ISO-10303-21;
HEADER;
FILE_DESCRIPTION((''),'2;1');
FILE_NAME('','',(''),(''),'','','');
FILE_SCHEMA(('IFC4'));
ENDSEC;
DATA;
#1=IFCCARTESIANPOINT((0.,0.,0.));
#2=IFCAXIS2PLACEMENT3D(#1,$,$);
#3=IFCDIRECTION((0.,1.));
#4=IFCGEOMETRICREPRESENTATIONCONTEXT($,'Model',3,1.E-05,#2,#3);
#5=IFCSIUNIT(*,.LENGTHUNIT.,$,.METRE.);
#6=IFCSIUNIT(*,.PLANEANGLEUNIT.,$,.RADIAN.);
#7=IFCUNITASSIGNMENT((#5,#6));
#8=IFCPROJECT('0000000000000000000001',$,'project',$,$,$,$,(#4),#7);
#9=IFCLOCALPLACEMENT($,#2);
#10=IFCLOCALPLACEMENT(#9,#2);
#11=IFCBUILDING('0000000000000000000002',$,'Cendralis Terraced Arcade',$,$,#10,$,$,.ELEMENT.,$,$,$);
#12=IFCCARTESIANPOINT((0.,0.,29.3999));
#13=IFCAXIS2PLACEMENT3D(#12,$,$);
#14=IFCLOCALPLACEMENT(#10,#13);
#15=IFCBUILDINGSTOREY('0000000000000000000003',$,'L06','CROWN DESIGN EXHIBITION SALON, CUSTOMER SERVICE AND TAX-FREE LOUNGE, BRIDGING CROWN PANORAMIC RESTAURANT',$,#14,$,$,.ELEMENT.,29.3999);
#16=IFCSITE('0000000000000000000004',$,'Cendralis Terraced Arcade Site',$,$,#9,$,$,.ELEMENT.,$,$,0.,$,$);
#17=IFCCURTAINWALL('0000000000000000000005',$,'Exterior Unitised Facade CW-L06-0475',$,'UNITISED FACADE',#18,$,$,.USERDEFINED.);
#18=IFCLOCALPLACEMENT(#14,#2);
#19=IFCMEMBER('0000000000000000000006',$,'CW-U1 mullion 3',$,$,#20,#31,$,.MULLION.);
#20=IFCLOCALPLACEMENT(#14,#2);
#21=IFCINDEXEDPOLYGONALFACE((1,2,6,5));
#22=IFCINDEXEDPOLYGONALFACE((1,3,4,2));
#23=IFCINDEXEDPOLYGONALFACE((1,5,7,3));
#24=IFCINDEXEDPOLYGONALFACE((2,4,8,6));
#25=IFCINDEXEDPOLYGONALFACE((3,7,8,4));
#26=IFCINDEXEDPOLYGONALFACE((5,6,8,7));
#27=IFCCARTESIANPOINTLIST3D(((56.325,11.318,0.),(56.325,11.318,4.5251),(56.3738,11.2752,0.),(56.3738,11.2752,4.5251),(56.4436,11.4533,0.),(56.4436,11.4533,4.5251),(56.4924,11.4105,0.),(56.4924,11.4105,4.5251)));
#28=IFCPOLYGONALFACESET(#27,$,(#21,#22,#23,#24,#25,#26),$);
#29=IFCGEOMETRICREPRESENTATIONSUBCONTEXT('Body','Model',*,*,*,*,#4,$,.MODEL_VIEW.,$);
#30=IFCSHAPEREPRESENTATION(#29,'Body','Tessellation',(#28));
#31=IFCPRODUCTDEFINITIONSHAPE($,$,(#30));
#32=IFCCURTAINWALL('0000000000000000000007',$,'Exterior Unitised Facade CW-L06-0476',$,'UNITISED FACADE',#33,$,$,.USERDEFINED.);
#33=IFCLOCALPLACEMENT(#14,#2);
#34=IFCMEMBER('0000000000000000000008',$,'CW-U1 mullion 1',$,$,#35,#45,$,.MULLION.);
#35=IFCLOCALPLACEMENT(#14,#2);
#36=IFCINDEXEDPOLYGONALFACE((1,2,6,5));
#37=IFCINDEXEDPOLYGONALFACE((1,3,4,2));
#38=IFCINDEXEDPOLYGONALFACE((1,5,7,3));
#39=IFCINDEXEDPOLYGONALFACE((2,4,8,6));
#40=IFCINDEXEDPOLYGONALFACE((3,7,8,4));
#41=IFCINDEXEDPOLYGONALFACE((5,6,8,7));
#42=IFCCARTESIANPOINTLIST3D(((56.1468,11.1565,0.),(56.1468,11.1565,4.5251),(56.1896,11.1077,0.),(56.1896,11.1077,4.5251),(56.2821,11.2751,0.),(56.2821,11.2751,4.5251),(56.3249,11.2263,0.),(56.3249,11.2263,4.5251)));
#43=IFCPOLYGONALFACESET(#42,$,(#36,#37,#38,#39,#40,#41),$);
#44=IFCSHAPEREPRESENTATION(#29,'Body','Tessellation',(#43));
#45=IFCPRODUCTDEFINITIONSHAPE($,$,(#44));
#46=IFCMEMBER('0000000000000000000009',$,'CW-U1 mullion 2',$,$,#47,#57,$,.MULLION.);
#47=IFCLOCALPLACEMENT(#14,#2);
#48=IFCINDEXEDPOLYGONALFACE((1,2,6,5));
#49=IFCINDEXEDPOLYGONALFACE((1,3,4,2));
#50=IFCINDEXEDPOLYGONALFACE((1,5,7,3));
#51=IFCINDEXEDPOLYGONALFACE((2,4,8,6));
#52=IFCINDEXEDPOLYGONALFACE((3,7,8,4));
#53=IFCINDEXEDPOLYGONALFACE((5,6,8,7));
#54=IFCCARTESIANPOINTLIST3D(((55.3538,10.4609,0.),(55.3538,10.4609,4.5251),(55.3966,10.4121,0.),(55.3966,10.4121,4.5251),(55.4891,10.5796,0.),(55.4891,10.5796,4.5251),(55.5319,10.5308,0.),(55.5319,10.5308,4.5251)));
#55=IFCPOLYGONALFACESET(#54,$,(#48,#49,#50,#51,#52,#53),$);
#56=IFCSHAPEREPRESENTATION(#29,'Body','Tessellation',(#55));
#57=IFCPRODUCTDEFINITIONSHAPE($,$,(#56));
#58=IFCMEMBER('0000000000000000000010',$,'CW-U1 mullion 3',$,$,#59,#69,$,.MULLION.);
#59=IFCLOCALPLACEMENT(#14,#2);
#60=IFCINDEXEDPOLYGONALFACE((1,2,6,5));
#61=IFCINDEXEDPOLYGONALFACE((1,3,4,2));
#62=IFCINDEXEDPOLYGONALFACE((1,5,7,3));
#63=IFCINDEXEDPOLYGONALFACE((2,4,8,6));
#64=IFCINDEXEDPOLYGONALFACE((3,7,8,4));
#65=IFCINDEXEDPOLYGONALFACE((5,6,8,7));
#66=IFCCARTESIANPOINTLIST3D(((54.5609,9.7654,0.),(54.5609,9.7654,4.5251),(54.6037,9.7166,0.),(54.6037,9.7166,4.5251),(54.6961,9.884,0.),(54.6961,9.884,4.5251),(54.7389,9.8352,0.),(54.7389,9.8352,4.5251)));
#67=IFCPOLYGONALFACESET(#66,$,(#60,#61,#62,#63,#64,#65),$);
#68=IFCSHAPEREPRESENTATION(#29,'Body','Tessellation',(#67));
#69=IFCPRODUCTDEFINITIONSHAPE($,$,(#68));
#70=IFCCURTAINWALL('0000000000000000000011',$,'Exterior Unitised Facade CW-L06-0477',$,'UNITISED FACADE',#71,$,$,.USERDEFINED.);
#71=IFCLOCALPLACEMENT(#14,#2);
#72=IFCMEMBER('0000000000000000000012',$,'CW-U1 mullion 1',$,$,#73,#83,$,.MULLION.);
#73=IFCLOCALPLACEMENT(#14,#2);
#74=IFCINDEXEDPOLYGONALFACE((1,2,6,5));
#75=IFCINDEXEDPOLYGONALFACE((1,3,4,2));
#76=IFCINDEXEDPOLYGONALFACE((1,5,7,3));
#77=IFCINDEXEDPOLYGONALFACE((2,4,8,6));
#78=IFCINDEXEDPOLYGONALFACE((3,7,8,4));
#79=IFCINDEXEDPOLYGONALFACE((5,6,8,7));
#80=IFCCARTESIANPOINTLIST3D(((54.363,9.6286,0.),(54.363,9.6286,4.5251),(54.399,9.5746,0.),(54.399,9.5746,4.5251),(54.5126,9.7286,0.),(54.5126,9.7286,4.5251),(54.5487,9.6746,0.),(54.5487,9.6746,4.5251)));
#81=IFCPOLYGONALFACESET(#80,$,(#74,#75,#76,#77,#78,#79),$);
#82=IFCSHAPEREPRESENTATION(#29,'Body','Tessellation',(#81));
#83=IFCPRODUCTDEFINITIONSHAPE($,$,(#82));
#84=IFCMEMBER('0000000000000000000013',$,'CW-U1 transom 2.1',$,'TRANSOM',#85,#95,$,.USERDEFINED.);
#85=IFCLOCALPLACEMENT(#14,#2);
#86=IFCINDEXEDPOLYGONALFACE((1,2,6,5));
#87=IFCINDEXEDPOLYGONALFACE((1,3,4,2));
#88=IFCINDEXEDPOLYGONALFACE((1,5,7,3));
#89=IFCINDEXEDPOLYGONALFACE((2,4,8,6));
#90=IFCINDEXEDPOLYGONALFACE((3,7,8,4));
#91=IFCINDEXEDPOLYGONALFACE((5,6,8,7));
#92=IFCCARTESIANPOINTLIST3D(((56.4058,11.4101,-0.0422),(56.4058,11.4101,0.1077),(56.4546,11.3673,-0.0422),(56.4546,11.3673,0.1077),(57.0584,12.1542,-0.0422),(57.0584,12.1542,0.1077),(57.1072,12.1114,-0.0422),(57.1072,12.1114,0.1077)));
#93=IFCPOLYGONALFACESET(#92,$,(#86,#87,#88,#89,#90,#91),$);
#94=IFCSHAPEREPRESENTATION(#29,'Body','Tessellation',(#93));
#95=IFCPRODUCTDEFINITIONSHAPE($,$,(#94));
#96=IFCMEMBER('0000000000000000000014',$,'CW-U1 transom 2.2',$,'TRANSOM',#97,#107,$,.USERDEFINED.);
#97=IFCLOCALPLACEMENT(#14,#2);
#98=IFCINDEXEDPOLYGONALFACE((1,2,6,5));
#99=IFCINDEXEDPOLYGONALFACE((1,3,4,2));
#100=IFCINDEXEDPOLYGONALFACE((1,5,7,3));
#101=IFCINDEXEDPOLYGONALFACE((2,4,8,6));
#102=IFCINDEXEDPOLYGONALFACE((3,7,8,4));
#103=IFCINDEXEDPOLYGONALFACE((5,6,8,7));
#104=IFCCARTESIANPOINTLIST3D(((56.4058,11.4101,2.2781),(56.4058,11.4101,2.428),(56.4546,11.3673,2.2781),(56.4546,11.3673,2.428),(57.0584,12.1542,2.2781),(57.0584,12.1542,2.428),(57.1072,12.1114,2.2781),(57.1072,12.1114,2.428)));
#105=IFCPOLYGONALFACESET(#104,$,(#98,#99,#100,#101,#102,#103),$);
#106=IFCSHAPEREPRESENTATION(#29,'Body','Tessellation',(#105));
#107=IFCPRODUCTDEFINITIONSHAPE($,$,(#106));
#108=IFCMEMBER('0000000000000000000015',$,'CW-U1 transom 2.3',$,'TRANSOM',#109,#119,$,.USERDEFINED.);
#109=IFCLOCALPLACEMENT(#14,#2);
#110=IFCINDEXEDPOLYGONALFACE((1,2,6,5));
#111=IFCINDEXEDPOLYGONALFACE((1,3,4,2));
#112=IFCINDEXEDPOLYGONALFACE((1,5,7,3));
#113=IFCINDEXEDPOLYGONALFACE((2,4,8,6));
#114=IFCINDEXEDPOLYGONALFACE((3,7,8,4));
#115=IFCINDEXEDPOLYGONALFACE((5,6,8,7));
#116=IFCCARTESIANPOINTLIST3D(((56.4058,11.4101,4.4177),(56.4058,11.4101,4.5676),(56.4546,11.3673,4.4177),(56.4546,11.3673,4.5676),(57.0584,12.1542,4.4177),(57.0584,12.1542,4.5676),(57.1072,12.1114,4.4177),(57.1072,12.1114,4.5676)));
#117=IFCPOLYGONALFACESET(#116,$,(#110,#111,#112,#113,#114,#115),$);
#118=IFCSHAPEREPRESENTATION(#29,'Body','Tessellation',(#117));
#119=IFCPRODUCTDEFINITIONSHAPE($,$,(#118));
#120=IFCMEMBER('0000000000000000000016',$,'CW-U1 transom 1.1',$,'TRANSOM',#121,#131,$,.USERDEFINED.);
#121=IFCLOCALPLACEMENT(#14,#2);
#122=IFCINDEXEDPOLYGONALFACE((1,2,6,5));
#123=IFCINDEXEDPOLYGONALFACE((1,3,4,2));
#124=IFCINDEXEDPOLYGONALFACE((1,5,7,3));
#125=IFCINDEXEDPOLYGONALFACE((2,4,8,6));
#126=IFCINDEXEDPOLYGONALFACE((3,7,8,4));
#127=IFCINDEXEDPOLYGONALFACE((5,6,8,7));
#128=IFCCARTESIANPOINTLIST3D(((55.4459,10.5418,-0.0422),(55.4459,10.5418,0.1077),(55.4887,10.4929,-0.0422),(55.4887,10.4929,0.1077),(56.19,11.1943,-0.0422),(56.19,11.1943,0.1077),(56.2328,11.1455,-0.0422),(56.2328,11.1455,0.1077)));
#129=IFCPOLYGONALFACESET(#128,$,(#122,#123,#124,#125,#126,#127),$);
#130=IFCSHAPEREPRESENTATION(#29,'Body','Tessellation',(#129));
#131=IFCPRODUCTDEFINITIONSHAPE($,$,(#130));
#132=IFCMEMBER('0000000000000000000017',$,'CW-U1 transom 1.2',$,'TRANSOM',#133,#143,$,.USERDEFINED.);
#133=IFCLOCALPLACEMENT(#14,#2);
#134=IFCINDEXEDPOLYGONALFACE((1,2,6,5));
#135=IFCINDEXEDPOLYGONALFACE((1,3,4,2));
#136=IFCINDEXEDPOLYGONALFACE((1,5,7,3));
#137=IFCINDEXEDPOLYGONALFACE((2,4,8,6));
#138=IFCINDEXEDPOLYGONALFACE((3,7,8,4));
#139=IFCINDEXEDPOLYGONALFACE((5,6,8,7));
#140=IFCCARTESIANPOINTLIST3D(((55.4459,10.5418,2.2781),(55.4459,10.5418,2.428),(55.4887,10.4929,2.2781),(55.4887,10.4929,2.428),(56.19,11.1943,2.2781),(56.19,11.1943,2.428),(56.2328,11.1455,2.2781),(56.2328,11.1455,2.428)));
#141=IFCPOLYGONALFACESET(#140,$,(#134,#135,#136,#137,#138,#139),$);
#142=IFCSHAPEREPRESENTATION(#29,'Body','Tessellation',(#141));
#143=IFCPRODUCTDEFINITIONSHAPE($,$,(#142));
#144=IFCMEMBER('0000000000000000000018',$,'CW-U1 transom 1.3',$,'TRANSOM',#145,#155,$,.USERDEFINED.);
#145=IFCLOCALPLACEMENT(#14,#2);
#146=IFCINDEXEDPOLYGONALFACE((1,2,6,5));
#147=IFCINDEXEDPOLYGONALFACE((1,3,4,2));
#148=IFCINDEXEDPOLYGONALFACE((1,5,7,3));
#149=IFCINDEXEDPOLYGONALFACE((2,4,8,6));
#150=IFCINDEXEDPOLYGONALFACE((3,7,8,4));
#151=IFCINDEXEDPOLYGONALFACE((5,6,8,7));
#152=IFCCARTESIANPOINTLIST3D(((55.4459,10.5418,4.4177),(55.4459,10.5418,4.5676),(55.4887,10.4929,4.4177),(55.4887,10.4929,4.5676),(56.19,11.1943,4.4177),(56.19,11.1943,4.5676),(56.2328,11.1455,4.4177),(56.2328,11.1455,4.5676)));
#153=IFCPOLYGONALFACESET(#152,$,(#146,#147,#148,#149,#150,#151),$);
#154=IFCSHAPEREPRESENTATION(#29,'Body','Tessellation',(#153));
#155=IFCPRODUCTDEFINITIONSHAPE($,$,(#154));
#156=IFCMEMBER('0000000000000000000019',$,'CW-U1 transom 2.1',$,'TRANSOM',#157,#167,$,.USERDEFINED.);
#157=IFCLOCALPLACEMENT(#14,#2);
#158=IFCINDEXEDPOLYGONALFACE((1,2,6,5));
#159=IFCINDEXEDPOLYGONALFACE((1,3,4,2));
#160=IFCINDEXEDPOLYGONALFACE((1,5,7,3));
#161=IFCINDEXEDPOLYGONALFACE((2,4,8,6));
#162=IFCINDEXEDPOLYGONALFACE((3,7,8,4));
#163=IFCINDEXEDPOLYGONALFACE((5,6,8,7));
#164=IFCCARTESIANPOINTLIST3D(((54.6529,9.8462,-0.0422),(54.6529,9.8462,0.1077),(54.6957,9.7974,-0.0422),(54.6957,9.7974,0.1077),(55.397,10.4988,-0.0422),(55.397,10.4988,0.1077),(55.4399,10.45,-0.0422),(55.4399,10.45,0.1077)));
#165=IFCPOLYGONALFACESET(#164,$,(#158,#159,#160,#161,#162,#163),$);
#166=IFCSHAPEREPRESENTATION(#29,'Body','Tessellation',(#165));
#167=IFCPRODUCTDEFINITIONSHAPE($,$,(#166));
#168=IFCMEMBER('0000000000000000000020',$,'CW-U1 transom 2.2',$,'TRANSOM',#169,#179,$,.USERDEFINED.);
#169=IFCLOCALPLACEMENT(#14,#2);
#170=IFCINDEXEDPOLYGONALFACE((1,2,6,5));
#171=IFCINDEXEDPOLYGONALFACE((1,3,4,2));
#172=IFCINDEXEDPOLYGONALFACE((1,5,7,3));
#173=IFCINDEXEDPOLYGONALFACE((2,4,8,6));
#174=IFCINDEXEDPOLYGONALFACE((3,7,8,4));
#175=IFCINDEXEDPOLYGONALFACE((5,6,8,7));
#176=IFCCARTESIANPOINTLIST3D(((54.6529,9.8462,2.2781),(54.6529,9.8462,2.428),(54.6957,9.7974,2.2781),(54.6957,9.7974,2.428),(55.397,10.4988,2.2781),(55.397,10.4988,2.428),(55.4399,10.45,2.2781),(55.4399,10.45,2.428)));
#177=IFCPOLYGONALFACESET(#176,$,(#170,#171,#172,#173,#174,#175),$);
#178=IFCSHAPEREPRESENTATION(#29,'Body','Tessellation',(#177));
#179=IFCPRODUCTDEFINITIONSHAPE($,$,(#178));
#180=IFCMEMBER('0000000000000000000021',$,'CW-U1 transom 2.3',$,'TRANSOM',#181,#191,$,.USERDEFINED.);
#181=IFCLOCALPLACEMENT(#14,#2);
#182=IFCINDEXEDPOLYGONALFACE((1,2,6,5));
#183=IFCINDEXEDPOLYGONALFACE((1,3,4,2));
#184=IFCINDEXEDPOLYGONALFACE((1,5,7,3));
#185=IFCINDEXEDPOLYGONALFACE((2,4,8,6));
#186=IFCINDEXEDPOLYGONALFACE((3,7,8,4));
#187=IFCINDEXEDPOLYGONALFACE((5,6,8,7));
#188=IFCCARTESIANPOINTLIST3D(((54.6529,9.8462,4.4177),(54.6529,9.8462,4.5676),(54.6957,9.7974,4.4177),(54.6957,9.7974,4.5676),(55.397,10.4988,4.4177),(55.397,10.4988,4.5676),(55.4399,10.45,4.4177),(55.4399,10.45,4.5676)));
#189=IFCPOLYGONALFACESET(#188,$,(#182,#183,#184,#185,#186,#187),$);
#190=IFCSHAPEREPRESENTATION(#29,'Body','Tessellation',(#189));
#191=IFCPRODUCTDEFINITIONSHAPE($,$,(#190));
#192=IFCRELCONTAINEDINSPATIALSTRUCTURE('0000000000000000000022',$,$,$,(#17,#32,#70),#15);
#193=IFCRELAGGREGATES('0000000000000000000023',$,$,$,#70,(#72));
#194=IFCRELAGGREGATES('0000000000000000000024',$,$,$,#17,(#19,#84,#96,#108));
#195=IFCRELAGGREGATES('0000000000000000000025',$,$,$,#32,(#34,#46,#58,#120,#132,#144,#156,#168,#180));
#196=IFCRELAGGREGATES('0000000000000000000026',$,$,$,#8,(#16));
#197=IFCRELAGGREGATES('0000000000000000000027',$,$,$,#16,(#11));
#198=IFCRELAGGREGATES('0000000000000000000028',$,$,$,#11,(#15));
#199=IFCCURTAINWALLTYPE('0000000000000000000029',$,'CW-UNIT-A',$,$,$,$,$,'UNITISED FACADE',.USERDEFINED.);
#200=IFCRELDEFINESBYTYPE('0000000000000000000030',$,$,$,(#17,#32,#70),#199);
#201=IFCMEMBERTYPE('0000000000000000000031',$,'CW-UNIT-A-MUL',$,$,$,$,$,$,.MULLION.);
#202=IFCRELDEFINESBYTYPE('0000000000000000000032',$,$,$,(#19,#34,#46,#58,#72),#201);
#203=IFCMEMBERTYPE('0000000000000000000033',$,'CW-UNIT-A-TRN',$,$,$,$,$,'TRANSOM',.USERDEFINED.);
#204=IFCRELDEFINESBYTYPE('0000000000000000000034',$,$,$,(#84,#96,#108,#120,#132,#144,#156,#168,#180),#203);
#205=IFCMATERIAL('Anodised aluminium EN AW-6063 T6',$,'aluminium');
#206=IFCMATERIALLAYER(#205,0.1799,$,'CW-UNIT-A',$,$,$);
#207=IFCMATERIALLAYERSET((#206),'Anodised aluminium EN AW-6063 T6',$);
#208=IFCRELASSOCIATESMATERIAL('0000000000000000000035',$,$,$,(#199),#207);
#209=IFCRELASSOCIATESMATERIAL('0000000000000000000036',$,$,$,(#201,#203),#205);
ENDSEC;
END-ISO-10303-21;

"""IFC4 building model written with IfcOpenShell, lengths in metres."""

from ifc_helpers import new_model, si_unit, direction, frame, origin, origin_2d, place, context, subcontext, project, spatial, rectangle, extrude, material, layer, layer_set, material_profile, profile_set, type_object, element, aggregate, save


model = new_model("IFC4")

# Units and contexts
model_context = context("Model", 3, precision=1e-05, world=origin(), true_north=direction((0.0, 1.0)))
body_context = subcontext(model_context, "Body", "Model", "MODEL_VIEW")
ifc_project = project(units=[si_unit("LENGTHUNIT", "METRE"), si_unit("PLANEANGLEUNIT", "RADIAN")], contexts=[model_context])

# Site, building, storey
site_placement = place(None, origin())
site = spatial("IfcSite", under=ifc_project, at=site_placement, Name="Cendralis Terraced Arcade Site", CompositionType="ELEMENT", RefElevation=0.0)
building_placement = place(site_placement, origin())
building = spatial("IfcBuilding", under=site, at=building_placement, Name="Cendralis Terraced Arcade", CompositionType="ELEMENT")
storey_placement = place(building_placement, frame((0.0, 0.0, 29.3999)))
storey = spatial("IfcBuildingStorey", under=building, at=storey_placement, Name="L06", Description="CROWN DESIGN EXHIBITION SALON, CUSTOMER SERVICE AND TAX-FREE LOUNGE, BRIDGING CROWN PANORAMIC RESTAURANT", CompositionType="ELEMENT", Elevation=29.3999)

# Curtain wall, member
ifc_material_1 = material(Name="Anodised aluminium EN AW-6063 T6", Category="aluminium")
ifc_layer_1 = layer(ifc_material_1, 0.1799, Name="CW-UNIT-A")
ifc_layer_set_1 = layer_set([ifc_layer_1], Name="Anodised aluminium EN AW-6063 T6")
curtain_wall_type = type_object("IfcCurtainWallType", Name="CW-UNIT-A", ElementType="UNITISED FACADE", PredefinedType="USERDEFINED", material=ifc_layer_set_1)
curtain_wall_1_placement = place(storey_placement, origin())
curtain_wall_1 = element("IfcCurtainWall", 1, at=curtain_wall_1_placement, inside=storey, type_object=curtain_wall_type, Name="Exterior Unitised Facade CW-L06-0475", ObjectType="UNITISED FACADE", PredefinedType="USERDEFINED")
ifc_material_profile_1 = material_profile(ifc_material_1, rectangle(XDim=0.0649, YDim=0.1799, at=origin_2d()), Name="ALU-MUL-65x180")
ifc_profile_set_1 = profile_set([ifc_material_profile_1], Name="Anodised aluminium EN AW-6063 T6")
member_type_1 = type_object("IfcMemberType", Name="CW-UNIT-A-MUL", PredefinedType="MULLION", material=ifc_profile_set_1)
member_1_placement = place(storey_placement, frame((56.4087, 11.3643, 0.0), z_axis=(0.0, 0.0, 1.0), x_axis=(0.75179, -0.659403, 0.0)))
member_1 = element("IfcMember", 2, at=member_1_placement, type_object=member_type_1, Name="CW-U1 mullion 3", PredefinedType="MULLION", context=body_context, shape_type="SweptSolid", body=[
    extrude(rectangle(XDim=0.0649, YDim=0.1799, at=origin_2d()), origin(), (0.0, 0.0, 1.0), 4.5251),
])

# Curtain wall, members
curtain_wall_2_placement = place(storey_placement, origin())
curtain_wall_2 = element("IfcCurtainWall", 3, at=curtain_wall_2_placement, inside=storey, type_object=curtain_wall_type, Name="Exterior Unitised Facade CW-L06-0476", ObjectType="UNITISED FACADE", PredefinedType="USERDEFINED")
member_2_placement = place(storey_placement, frame((56.2358, 11.1914, 0.0), z_axis=(0.0, 0.0, 1.0), x_axis=(0.659403, -0.75179, 0.0)))
member_2 = element("IfcMember", 4, at=member_2_placement, type_object=member_type_1, Name="CW-U1 mullion 1", PredefinedType="MULLION", context=body_context, shape_type="SweptSolid", body=[
    extrude(rectangle(XDim=0.0649, YDim=0.1799, at=origin_2d()), origin(), (0.0, 0.0, 1.0), 4.5251),
])
member_3_placement = place(storey_placement, frame((55.4429, 10.4958, 0.0), z_axis=(0.0, 0.0, 1.0), x_axis=(0.659403, -0.75179, 0.0)))
member_3 = element("IfcMember", 5, at=member_3_placement, type_object=member_type_1, Name="CW-U1 mullion 2", PredefinedType="MULLION", context=body_context, shape_type="SweptSolid", body=[
    extrude(rectangle(XDim=0.0649, YDim=0.1799, at=origin_2d()), origin(), (0.0, 0.0, 1.0), 4.5251),
])
member_4_placement = place(storey_placement, frame((54.6499, 9.8003, 0.0), z_axis=(0.0, 0.0, 1.0), x_axis=(0.659403, -0.75179, 0.0)))
member_4 = element("IfcMember", 6, at=member_4_placement, type_object=member_type_1, Name="CW-U1 mullion 3", PredefinedType="MULLION", context=body_context, shape_type="SweptSolid", body=[
    extrude(rectangle(XDim=0.0649, YDim=0.1799, at=origin_2d()), origin(), (0.0, 0.0, 1.0), 4.5251),
])

# Curtain wall, member
curtain_wall_3_placement = place(storey_placement, origin())
curtain_wall_3 = element("IfcCurtainWall", 7, at=curtain_wall_3_placement, inside=storey, type_object=curtain_wall_type, Name="Exterior Unitised Facade CW-L06-0477", ObjectType="UNITISED FACADE", PredefinedType="USERDEFINED")
member_5_placement = place(storey_placement, frame((54.4558, 9.6516, 0.0), z_axis=(0.0, 0.0, 1.0), x_axis=(0.555559, -0.831477, 0.0)))
member_5 = element("IfcMember", 8, at=member_5_placement, type_object=member_type_1, Name="CW-U1 mullion 1", PredefinedType="MULLION", context=body_context, shape_type="SweptSolid", body=[
    extrude(rectangle(XDim=0.0649, YDim=0.1799, at=origin_2d()), origin(), (0.0, 0.0, 1.0), 4.5251),
])

# Members
ifc_material_profile_2 = material_profile(ifc_material_1, rectangle(XDim=0.0649, YDim=0.1499, at=origin_2d()), Name="ALU-TRN-65x150")
ifc_profile_set_2 = profile_set([ifc_material_profile_2], Name="Anodised aluminium EN AW-6063 T6")
member_type_2 = type_object("IfcMemberType", Name="CW-UNIT-A-TRN", ElementType="TRANSOM", PredefinedType="USERDEFINED", material=ifc_profile_set_2)
member_6_placement = place(storey_placement, frame((57.0828, 12.1328, 0.0327), z_axis=(-0.659342, -0.751843, 0.0), x_axis=(0.751843, -0.659342, 0.0)))
member_6 = element("IfcMember", 9, at=member_6_placement, type_object=member_type_2, Name="CW-U1 transom 2.1", ObjectType="TRANSOM", PredefinedType="USERDEFINED", context=body_context, shape_type="SweptSolid", body=[
    extrude(rectangle(XDim=0.0649, YDim=0.1499, at=origin_2d()), origin(), (0.0, 0.0, 1.0), 0.9897),
])
member_7_placement = place(storey_placement, frame((57.0828, 12.1328, 2.353), z_axis=(-0.659342, -0.751843, 0.0), x_axis=(0.751843, -0.659342, 0.0)))
member_7 = element("IfcMember", 10, at=member_7_placement, type_object=member_type_2, Name="CW-U1 transom 2.2", ObjectType="TRANSOM", PredefinedType="USERDEFINED", context=body_context, shape_type="SweptSolid", body=[
    extrude(rectangle(XDim=0.0649, YDim=0.1499, at=origin_2d()), origin(), (0.0, 0.0, 1.0), 0.9897),
])
member_8_placement = place(storey_placement, frame((57.0828, 12.1328, 4.4927), z_axis=(-0.659342, -0.751843, 0.0), x_axis=(0.751843, -0.659342, 0.0)))
member_8 = element("IfcMember", 11, at=member_8_placement, type_object=member_type_2, Name="CW-U1 transom 2.3", ObjectType="TRANSOM", PredefinedType="USERDEFINED", context=body_context, shape_type="SweptSolid", body=[
    extrude(rectangle(XDim=0.0649, YDim=0.1499, at=origin_2d()), origin(), (0.0, 0.0, 1.0), 0.9897),
])
member_9_placement = place(storey_placement, frame((56.2114, 11.1699, 0.0327), z_axis=(-0.751843, -0.659342, 0.0), x_axis=(0.659342, -0.751843, 0.0)))
member_9 = element("IfcMember", 12, at=member_9_placement, type_object=member_type_2, Name="CW-U1 transom 1.1", ObjectType="TRANSOM", PredefinedType="USERDEFINED", context=body_context, shape_type="SweptSolid", body=[
    extrude(rectangle(XDim=0.0649, YDim=0.1499, at=origin_2d()), origin(), (0.0, 0.0, 1.0), 0.9897),
])
member_10_placement = place(storey_placement, frame((56.2114, 11.1699, 2.353), z_axis=(-0.751843, -0.659342, 0.0), x_axis=(0.659342, -0.751843, 0.0)))
member_10 = element("IfcMember", 13, at=member_10_placement, type_object=member_type_2, Name="CW-U1 transom 1.2", ObjectType="TRANSOM", PredefinedType="USERDEFINED", context=body_context, shape_type="SweptSolid", body=[
    extrude(rectangle(XDim=0.0649, YDim=0.1499, at=origin_2d()), origin(), (0.0, 0.0, 1.0), 0.9897),
])
member_11_placement = place(storey_placement, frame((56.2114, 11.1699, 4.4927), z_axis=(-0.751843, -0.659342, 0.0), x_axis=(0.659342, -0.751843, 0.0)))
member_11 = element("IfcMember", 14, at=member_11_placement, type_object=member_type_2, Name="CW-U1 transom 1.3", ObjectType="TRANSOM", PredefinedType="USERDEFINED", context=body_context, shape_type="SweptSolid", body=[
    extrude(rectangle(XDim=0.0649, YDim=0.1499, at=origin_2d()), origin(), (0.0, 0.0, 1.0), 0.9897),
])
member_12_placement = place(storey_placement, frame((55.4185, 10.4744, 0.0327), z_axis=(-0.751843, -0.659342, 0.0), x_axis=(0.659342, -0.751843, 0.0)))
member_12 = element("IfcMember", 15, at=member_12_placement, type_object=member_type_2, Name="CW-U1 transom 2.1", ObjectType="TRANSOM", PredefinedType="USERDEFINED", context=body_context, shape_type="SweptSolid", body=[
    extrude(rectangle(XDim=0.0649, YDim=0.1499, at=origin_2d()), origin(), (0.0, 0.0, 1.0), 0.9897),
])
member_13_placement = place(storey_placement, frame((55.4185, 10.4744, 2.353), z_axis=(-0.751843, -0.659342, 0.0), x_axis=(0.659342, -0.751843, 0.0)))
member_13 = element("IfcMember", 16, at=member_13_placement, type_object=member_type_2, Name="CW-U1 transom 2.2", ObjectType="TRANSOM", PredefinedType="USERDEFINED", context=body_context, shape_type="SweptSolid", body=[
    extrude(rectangle(XDim=0.0649, YDim=0.1499, at=origin_2d()), origin(), (0.0, 0.0, 1.0), 0.9897),
])
member_14_placement = place(storey_placement, frame((55.4185, 10.4744, 4.4927), z_axis=(-0.751843, -0.659342, 0.0), x_axis=(0.659342, -0.751843, 0.0)))
member_14 = element("IfcMember", 17, at=member_14_placement, type_object=member_type_2, Name="CW-U1 transom 2.3", ObjectType="TRANSOM", PredefinedType="USERDEFINED", context=body_context, shape_type="SweptSolid", body=[
    extrude(rectangle(XDim=0.0649, YDim=0.1499, at=origin_2d()), origin(), (0.0, 0.0, 1.0), 0.9897),
])
aggregate(curtain_wall_3, [member_5])

aggregate(curtain_wall_1, [member_1, member_6, member_7, member_8])
aggregate(curtain_wall_2, [member_2, member_3, member_4, member_9, member_10, member_11, member_12, member_13, member_14])

save(model, "model.ifc")
